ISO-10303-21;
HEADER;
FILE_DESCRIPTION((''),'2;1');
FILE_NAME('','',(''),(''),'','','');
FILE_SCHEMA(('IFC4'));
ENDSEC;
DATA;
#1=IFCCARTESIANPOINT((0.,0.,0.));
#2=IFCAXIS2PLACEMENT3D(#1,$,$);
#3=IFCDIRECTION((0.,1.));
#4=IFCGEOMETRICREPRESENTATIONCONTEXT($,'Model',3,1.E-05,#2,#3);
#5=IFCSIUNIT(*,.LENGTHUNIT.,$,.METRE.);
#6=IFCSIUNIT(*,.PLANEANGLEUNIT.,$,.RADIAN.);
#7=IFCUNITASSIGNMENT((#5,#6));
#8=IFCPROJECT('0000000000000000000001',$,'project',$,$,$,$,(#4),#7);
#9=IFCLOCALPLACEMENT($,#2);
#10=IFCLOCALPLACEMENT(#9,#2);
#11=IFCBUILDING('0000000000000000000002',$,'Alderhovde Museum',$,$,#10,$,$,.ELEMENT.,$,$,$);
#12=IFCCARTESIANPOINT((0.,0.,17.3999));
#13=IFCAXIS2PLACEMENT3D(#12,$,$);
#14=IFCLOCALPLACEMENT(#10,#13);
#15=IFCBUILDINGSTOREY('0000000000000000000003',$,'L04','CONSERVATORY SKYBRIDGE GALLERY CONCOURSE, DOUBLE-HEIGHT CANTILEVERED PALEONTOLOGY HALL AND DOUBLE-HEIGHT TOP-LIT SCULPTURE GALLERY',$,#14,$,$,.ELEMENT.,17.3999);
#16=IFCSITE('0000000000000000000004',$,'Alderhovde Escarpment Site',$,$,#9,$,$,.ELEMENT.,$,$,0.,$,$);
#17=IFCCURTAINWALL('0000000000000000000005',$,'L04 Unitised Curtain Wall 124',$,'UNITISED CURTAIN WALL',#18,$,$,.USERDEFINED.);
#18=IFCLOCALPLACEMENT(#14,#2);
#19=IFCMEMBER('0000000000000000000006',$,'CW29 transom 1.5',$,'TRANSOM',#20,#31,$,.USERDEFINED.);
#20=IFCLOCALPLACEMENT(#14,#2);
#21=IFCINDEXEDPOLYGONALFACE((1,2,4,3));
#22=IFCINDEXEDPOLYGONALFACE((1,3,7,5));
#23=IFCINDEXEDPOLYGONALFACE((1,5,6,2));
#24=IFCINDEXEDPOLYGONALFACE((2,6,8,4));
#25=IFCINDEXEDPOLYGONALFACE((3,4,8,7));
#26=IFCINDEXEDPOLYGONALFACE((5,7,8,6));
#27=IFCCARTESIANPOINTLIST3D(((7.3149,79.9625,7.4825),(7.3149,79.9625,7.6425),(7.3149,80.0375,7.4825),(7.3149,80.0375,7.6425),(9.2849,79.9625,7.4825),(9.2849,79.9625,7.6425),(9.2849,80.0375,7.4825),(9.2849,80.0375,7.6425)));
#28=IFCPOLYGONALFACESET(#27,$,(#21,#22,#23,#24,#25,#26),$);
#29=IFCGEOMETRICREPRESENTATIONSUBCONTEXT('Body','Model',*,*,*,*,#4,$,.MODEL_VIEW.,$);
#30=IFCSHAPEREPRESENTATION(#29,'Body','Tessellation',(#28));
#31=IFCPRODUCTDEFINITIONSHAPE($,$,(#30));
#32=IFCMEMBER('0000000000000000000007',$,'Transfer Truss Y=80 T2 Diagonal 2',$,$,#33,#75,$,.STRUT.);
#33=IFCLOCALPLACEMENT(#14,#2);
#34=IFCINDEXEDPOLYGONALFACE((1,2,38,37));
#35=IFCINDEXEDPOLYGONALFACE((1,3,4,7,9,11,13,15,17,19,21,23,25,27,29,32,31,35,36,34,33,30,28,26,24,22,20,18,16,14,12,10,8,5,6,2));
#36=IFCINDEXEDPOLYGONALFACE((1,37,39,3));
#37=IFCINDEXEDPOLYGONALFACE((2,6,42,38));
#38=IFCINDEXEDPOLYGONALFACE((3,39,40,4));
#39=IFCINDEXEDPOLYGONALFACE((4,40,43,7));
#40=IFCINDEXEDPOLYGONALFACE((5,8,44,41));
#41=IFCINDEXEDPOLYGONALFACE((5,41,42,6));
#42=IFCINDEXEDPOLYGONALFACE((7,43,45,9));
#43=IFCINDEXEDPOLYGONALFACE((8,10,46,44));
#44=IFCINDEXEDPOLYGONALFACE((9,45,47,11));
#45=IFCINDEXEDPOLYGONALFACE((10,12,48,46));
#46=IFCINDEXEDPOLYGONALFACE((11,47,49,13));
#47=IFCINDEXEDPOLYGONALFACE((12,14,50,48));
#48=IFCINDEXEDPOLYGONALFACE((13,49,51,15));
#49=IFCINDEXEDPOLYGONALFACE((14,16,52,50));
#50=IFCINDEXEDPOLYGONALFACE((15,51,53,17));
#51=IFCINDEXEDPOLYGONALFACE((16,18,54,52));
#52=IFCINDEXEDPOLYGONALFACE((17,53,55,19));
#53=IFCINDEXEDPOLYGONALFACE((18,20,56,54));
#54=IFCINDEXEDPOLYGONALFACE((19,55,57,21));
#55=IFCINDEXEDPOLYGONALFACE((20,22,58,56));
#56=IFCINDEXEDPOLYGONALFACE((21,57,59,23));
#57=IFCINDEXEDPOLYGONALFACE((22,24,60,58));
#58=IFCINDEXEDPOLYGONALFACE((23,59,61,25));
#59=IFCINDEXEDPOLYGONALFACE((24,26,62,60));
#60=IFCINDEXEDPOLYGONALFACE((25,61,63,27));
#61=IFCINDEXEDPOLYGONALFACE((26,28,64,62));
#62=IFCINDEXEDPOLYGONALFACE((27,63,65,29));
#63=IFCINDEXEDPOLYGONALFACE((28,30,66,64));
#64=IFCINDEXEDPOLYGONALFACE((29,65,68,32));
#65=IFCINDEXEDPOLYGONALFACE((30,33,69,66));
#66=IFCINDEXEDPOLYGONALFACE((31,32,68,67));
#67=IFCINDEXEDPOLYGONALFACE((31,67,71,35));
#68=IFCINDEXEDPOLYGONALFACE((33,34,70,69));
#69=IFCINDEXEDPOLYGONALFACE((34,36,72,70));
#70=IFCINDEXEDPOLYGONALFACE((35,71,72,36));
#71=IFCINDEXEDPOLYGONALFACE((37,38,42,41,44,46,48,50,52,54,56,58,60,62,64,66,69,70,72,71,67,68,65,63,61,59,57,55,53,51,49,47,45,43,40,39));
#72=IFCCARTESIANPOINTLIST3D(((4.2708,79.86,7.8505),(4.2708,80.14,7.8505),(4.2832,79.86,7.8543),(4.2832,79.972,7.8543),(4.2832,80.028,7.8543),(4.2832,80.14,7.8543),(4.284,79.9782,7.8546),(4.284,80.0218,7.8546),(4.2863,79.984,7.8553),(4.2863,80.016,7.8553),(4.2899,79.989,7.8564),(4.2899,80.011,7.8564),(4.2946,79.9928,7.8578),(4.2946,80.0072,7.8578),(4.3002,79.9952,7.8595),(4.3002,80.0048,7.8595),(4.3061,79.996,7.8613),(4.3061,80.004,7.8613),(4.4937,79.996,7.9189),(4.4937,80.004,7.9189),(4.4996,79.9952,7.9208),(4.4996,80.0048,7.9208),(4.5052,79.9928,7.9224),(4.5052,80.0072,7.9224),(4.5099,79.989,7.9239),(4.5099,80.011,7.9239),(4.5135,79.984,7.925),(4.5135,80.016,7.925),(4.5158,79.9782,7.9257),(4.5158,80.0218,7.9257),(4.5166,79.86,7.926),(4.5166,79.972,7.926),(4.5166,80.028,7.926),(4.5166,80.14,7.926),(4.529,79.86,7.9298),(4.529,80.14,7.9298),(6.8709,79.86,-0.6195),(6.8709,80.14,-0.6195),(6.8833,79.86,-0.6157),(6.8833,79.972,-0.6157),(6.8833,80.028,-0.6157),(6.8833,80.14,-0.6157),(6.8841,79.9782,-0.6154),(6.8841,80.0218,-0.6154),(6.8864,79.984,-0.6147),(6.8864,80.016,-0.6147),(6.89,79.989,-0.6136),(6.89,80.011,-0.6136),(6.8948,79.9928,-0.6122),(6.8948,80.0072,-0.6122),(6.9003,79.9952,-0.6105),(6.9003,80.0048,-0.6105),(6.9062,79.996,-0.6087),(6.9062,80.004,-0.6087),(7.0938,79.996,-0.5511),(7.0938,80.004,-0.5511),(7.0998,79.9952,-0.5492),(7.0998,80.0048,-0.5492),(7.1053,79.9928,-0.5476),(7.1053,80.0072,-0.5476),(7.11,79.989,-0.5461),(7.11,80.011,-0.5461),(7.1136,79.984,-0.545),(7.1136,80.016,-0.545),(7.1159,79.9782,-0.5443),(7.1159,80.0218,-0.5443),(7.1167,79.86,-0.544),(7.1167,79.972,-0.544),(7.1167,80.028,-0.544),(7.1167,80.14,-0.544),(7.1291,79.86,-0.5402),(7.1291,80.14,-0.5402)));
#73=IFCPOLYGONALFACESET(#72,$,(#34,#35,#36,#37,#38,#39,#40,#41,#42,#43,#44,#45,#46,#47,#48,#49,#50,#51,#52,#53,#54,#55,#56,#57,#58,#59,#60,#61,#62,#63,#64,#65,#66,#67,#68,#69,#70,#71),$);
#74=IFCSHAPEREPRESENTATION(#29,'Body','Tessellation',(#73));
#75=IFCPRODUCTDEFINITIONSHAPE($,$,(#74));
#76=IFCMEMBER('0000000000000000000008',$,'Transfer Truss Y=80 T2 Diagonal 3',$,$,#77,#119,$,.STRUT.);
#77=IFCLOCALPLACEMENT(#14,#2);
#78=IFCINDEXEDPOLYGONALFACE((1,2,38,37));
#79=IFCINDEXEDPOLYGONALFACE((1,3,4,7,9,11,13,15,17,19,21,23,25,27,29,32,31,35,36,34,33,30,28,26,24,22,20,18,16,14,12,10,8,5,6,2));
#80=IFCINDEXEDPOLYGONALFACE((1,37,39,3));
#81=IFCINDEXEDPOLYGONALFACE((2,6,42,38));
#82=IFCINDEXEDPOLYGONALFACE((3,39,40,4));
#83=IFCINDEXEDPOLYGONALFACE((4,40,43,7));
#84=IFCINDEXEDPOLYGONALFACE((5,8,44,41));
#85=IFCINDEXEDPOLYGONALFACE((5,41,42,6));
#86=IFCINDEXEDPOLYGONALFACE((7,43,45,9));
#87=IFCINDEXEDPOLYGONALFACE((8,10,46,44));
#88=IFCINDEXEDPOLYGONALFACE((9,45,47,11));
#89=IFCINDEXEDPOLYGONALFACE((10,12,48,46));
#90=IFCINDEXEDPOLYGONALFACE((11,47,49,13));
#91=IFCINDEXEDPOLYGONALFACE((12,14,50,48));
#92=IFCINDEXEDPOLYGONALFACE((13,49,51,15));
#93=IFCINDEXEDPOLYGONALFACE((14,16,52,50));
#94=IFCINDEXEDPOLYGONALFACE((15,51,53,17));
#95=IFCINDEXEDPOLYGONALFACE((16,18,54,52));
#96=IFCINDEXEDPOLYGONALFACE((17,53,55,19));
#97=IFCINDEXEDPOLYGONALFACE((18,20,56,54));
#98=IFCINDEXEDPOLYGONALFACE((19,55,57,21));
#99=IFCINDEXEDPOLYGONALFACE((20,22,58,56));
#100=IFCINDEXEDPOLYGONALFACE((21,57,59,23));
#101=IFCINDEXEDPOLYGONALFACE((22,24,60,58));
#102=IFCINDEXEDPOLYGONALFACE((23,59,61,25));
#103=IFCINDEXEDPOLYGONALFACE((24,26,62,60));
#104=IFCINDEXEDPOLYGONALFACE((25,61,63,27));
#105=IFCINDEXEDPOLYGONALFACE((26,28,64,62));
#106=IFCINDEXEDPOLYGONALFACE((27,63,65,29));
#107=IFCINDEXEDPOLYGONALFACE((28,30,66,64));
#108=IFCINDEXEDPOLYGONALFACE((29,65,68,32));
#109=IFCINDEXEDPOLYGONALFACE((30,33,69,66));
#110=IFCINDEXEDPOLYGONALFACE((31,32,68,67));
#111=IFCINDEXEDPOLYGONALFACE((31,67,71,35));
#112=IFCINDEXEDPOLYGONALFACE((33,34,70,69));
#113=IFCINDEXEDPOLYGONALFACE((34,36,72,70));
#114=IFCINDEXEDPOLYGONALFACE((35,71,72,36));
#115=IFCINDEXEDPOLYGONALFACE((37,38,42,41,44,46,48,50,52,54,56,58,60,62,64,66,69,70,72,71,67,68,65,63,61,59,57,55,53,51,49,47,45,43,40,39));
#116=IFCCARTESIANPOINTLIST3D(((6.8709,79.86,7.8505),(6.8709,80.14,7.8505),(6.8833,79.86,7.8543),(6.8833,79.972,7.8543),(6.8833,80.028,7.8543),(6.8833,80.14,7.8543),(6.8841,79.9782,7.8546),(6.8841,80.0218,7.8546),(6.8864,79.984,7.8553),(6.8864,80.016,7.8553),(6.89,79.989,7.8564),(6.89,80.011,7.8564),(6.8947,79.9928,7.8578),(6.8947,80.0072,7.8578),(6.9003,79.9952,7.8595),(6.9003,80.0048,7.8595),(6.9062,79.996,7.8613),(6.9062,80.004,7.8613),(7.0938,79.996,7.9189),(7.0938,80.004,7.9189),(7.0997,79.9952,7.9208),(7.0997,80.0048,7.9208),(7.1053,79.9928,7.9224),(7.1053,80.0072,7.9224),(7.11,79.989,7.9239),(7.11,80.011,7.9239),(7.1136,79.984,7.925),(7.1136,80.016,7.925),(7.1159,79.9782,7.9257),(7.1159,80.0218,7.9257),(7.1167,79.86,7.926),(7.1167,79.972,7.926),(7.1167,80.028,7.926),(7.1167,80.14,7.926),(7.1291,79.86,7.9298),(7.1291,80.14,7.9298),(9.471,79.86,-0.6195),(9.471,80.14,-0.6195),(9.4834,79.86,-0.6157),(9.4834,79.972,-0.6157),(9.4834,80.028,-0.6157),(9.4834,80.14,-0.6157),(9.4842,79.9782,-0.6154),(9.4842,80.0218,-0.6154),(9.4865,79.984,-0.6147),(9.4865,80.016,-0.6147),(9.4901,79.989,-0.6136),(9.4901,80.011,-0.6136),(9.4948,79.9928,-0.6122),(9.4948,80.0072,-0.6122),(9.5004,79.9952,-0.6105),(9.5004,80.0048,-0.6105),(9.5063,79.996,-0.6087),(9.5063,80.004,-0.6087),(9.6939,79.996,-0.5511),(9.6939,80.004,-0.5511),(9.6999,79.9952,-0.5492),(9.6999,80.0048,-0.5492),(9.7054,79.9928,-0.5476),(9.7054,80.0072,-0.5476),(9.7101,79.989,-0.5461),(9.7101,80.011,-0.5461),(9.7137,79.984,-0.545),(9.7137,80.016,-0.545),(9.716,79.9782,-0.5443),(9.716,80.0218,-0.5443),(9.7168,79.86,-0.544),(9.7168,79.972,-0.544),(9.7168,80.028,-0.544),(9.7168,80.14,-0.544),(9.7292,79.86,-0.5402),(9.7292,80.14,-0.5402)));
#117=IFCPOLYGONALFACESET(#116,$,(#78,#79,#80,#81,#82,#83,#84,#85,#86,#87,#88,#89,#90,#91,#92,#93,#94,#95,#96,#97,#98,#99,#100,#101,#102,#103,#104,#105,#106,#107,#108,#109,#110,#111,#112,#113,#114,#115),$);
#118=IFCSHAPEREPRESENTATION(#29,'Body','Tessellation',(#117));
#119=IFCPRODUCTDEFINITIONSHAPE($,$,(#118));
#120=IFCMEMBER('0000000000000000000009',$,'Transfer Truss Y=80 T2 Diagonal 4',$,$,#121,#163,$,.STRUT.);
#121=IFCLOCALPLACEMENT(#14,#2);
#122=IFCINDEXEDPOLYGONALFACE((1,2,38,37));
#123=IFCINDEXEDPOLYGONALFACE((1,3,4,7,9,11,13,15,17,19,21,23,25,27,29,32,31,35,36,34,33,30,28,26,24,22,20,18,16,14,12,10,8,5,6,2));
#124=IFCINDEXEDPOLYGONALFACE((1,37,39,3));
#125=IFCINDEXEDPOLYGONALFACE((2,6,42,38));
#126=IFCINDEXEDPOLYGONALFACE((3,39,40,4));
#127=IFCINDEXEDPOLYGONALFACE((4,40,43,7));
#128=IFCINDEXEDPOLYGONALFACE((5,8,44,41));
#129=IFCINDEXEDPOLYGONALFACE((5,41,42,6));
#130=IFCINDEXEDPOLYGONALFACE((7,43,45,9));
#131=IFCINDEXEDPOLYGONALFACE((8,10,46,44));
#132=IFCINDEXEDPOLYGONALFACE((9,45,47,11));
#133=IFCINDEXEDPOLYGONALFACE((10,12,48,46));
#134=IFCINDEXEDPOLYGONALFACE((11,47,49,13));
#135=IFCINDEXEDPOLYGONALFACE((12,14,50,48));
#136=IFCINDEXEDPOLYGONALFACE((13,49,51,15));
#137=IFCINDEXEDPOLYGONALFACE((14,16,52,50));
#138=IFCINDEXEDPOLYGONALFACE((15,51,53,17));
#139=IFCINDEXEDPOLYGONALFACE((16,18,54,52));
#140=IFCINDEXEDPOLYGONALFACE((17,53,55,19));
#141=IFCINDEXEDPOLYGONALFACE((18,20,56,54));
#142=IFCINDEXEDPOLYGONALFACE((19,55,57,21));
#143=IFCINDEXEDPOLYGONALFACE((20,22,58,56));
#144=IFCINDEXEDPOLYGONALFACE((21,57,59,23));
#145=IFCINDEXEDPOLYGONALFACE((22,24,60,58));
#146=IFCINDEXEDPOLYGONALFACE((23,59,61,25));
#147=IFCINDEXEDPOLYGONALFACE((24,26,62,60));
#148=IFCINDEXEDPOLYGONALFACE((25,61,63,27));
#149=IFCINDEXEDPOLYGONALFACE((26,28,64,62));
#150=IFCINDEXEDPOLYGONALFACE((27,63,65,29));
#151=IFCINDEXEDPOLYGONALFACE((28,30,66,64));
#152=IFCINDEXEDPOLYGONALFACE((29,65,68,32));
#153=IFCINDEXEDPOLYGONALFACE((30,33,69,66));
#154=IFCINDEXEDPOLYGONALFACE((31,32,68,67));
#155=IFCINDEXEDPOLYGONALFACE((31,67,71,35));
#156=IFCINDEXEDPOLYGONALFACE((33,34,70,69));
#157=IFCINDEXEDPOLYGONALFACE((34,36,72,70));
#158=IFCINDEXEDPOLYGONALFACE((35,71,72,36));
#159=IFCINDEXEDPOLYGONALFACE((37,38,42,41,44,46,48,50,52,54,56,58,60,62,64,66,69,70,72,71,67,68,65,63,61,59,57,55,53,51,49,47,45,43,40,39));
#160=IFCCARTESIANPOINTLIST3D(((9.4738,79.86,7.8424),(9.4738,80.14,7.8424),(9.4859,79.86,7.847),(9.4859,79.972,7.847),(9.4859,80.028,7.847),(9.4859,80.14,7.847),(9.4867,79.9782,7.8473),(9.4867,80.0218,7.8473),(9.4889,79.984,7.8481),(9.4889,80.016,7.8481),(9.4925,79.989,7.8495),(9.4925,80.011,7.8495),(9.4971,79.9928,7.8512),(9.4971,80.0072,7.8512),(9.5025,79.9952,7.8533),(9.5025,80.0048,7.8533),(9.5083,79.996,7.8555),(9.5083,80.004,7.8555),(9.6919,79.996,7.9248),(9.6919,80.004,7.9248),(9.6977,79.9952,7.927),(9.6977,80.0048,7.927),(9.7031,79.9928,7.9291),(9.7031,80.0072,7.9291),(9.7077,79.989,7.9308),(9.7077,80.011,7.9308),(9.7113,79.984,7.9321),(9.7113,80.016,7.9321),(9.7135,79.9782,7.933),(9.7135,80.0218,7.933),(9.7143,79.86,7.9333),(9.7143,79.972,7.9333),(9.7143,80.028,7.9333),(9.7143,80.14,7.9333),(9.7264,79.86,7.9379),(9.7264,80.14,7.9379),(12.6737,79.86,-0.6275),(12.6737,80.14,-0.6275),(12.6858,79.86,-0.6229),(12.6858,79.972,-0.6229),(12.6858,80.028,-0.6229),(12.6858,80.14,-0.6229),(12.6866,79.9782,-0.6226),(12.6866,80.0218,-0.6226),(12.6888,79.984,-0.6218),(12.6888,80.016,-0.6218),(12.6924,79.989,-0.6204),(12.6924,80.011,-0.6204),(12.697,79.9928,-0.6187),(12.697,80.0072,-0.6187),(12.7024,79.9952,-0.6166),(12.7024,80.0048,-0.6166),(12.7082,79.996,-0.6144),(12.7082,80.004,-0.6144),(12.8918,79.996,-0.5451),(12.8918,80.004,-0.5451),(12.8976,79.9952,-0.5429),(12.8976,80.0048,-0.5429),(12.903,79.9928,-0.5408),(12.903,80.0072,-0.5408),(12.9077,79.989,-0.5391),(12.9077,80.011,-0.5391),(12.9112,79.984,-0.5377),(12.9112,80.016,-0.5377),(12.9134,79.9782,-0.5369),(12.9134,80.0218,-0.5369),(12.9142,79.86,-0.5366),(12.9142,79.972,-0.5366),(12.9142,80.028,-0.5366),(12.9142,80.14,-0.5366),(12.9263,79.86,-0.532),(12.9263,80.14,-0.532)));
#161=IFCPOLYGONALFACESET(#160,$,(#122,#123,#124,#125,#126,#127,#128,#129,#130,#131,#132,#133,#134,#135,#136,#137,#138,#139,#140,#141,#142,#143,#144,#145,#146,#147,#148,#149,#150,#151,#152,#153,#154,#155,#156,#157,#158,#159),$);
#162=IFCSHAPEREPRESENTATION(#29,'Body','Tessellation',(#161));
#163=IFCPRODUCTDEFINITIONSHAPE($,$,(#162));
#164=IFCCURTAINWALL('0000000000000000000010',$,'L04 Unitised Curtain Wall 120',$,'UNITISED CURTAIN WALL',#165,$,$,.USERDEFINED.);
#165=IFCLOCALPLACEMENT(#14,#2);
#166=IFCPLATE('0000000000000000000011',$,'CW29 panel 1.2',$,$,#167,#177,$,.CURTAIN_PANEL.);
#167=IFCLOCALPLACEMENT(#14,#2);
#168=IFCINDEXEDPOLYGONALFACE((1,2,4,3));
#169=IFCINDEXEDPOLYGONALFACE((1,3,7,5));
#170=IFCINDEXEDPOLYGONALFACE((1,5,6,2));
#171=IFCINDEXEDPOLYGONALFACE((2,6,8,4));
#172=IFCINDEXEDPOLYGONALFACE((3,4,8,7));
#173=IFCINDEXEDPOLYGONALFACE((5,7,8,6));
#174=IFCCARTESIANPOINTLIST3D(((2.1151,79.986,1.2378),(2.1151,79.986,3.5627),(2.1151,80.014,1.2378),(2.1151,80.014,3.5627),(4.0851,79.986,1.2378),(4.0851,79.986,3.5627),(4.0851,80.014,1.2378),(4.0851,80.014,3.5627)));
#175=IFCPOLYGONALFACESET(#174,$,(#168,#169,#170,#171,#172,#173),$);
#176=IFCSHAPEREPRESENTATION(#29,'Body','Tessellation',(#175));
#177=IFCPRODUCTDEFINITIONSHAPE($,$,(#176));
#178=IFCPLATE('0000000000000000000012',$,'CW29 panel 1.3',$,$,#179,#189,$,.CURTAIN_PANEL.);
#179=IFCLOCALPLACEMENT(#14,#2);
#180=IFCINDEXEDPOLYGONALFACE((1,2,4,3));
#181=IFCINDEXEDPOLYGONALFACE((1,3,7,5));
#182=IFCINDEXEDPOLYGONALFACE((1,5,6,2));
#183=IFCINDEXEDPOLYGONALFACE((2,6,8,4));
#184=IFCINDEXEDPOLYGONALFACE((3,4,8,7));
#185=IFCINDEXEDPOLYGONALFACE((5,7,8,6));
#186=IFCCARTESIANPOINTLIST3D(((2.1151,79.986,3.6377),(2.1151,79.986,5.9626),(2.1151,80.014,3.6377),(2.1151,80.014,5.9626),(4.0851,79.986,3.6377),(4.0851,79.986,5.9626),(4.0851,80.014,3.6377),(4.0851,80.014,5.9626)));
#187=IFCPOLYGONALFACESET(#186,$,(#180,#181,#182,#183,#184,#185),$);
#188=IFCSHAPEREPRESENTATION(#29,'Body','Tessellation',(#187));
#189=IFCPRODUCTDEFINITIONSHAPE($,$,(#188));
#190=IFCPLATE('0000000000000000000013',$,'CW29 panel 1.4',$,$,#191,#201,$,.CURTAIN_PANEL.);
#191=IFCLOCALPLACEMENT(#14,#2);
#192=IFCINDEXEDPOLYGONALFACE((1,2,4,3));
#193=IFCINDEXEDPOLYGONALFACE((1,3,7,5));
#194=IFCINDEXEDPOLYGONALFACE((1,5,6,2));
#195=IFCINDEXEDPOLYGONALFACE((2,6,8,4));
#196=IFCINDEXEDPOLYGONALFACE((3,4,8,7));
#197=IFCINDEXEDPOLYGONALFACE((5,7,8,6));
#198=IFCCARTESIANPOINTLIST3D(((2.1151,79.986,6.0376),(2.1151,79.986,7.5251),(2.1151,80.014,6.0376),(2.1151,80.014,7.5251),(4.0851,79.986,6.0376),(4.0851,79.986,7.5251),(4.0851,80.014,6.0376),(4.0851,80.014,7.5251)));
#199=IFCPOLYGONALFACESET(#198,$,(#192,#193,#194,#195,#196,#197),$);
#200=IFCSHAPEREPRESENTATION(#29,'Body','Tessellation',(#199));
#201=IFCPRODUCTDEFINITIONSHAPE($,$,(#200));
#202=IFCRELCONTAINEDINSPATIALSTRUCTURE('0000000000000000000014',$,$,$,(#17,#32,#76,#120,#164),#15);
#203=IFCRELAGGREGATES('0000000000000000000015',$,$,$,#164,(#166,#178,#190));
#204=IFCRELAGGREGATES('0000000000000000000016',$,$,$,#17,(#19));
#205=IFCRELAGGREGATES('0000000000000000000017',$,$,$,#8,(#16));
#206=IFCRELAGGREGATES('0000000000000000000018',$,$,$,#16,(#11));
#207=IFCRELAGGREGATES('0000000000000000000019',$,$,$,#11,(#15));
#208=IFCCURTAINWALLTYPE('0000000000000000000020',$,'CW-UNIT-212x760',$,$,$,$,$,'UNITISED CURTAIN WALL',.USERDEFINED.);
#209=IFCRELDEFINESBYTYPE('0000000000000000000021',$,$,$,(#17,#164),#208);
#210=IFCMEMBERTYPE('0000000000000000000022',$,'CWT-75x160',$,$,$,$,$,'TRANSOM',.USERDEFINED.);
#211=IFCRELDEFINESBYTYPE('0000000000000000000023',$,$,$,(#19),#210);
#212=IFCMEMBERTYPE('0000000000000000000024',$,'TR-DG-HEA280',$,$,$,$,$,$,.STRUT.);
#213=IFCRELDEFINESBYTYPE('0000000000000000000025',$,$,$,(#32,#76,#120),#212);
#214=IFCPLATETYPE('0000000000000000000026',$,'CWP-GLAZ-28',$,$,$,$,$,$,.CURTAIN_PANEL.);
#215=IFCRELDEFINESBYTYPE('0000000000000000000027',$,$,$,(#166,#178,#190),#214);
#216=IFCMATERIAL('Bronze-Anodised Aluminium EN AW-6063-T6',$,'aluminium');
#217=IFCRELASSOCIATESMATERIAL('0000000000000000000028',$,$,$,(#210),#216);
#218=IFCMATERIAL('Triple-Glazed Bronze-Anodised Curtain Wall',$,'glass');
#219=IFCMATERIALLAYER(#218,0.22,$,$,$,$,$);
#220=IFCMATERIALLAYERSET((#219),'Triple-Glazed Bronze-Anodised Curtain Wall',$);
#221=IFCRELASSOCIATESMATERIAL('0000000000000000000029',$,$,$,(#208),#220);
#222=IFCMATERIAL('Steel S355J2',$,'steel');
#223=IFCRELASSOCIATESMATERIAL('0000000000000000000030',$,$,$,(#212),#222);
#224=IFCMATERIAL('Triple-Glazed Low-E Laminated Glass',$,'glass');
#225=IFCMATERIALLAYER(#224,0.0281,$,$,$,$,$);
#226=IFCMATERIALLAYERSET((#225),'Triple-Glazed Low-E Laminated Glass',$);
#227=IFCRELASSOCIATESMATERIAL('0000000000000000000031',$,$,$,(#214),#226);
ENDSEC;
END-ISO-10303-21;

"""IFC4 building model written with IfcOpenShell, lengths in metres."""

from ifc_helpers import new_model, si_unit, direction, frame, origin, origin_2d, place, context, subcontext, project, spatial, rectangle, i_section, extrude, material, layer, layer_set, material_profile, profile_set, type_object, element, aggregate, save


model = new_model("IFC4")

# Units and contexts
model_context = context("Model", 3, precision=1e-05, world=origin(), true_north=direction((0.0, 1.0)))
body_context = subcontext(model_context, "Body", "Model", "MODEL_VIEW")
ifc_project = project(units=[si_unit("LENGTHUNIT", "METRE"), si_unit("PLANEANGLEUNIT", "RADIAN")], contexts=[model_context])

# Site, building, storey
site_placement = place(None, origin())
site = spatial("IfcSite", under=ifc_project, at=site_placement, Name="Alderhovde Escarpment Site", CompositionType="ELEMENT", RefElevation=0.0)
building_placement = place(site_placement, origin())
building = spatial("IfcBuilding", under=site, at=building_placement, Name="Alderhovde Museum", CompositionType="ELEMENT")
storey_placement = place(building_placement, frame((0.0, 0.0, 17.3999)))
storey = spatial("IfcBuildingStorey", under=building, at=storey_placement, Name="L04", Description="CONSERVATORY SKYBRIDGE GALLERY CONCOURSE, DOUBLE-HEIGHT CANTILEVERED PALEONTOLOGY HALL AND DOUBLE-HEIGHT TOP-LIT SCULPTURE GALLERY", CompositionType="ELEMENT", Elevation=17.3999)

# Curtain wall, member
ifc_material_1 = material(Name="Bronze-Anodised Aluminium EN AW-6063-T6", Category="aluminium")
ifc_material_profile_1 = material_profile(ifc_material_1, rectangle(XDim=0.075, YDim=0.1599, at=origin_2d()), Name="TRANSOM 75x160")
ifc_profile_set_1 = profile_set([ifc_material_profile_1], Name="Bronze-Anodised Aluminium EN AW-6063-T6")
member_type_1 = type_object("IfcMemberType", Name="CWT-75x160", ElementType="TRANSOM", PredefinedType="USERDEFINED", material=ifc_profile_set_1)
ifc_material_2 = material(Name="Triple-Glazed Bronze-Anodised Curtain Wall", Category="glass")
ifc_layer_1 = layer(ifc_material_2, 0.22)
ifc_layer_set_1 = layer_set([ifc_layer_1], Name="Triple-Glazed Bronze-Anodised Curtain Wall")
curtain_wall_type_1 = type_object("IfcCurtainWallType", Name="CW-UNIT-212x760", ElementType="UNITISED CURTAIN WALL", PredefinedType="USERDEFINED", material=ifc_layer_set_1)
curtain_wall_1_placement = place(storey_placement, origin())
curtain_wall_1 = element("IfcCurtainWall", 1, at=curtain_wall_1_placement, inside=storey, type_object=curtain_wall_type_1, Name="L04 Unitised Curtain Wall 124", ObjectType="UNITISED CURTAIN WALL", PredefinedType="USERDEFINED")
member_1_placement = place(storey_placement, frame((7.3149, 80.0, 7.5625), z_axis=(1.0, 0.0, 0.0), x_axis=(0.0, 1.0, 0.0)))
member_1 = element("IfcMember", 2, at=member_1_placement, type_object=member_type_1, Name="CW29 transom 1.5", ObjectType="TRANSOM", PredefinedType="USERDEFINED", context=body_context, shape_type="SweptSolid", body=[
    extrude(rectangle(XDim=0.075, YDim=0.1599, at=origin_2d()), origin(), (0.0, 0.0, 1.0), 1.97),
])

# Members
ifc_material_3 = material(Name="Steel S355J2", Category="steel")
ifc_material_profile_2 = material_profile(ifc_material_3, i_section(OverallWidth=0.28, OverallDepth=0.27, WebThickness=0.0081, FlangeThickness=0.0129, FilletRadius=0.0239, at=origin_2d()), Name="HEA 280")
ifc_profile_set_2 = profile_set([ifc_material_profile_2], Name="Steel S355J2")
member_type_2 = type_object("IfcMemberType", Name="TR-DG-HEA280", PredefinedType="STRUT", material=ifc_profile_set_2)
for number, where, z_axis, x_axis, name in (
    (3, (4.3999, 80.0, 7.8901), (0.293462, 0.0, -0.955971), (0.0, 1.0, 0.0), "Transfer Truss Y=80 T2 Diagonal 2"),
    (4, (7.0, 80.0, 7.8901), (0.293462, 0.0, -0.955971), (0.0, 1.0, 0.0), "Transfer Truss Y=80 T2 Diagonal 3"),
):
    element("IfcMember", number, at=place(storey_placement, frame(where, z_axis=z_axis, x_axis=x_axis)), inside=storey, type_object=member_type_2, Name=name, PredefinedType="STRUT", context=body_context, shape_type="SweptSolid", body=[
        extrude(i_section(OverallWidth=0.28, OverallDepth=0.27, WebThickness=0.0081, FlangeThickness=0.0129, FilletRadius=0.0239, at=origin_2d()), origin(), (0.0, 0.0, 1.0), 8.8601),
    ])
member_2_placement = place(storey_placement, frame((9.6001, 80.0, 7.8901), z_axis=(0.353418, 0.0, -0.935465), x_axis=(0.0, 1.0, 0.0)))
element("IfcMember", 5, at=member_2_placement, inside=storey, type_object=member_type_2, Name="Transfer Truss Y=80 T2 Diagonal 4", PredefinedType="STRUT", context=body_context, shape_type="SweptSolid", body=[
    extrude(i_section(OverallWidth=0.28, OverallDepth=0.27, WebThickness=0.0081, FlangeThickness=0.0129, FilletRadius=0.0239, at=origin_2d()), origin(), (0.0, 0.0, 1.0), 9.0542),
])

# Curtain wall, plates
curtain_wall_2_placement = place(storey_placement, origin())
curtain_wall_2 = element("IfcCurtainWall", 6, at=curtain_wall_2_placement, inside=storey, type_object=curtain_wall_type_1, Name="L04 Unitised Curtain Wall 120", ObjectType="UNITISED CURTAIN WALL", PredefinedType="USERDEFINED")
ifc_material_4 = material(Name="Triple-Glazed Low-E Laminated Glass", Category="glass")
ifc_layer_2 = layer(ifc_material_4, 0.0281)
ifc_layer_set_2 = layer_set([ifc_layer_2], Name="Triple-Glazed Low-E Laminated Glass")
plate_type_1 = type_object("IfcPlateType", Name="CWP-GLAZ-28", PredefinedType="CURTAIN_PANEL", material=ifc_layer_set_2)
plate_1_placement = place(storey_placement, frame((3.1001, 80.0, 1.2378), z_axis=(0.0, 0.0, 1.0), x_axis=(1.0, 0.0, 0.0)))
plate_1 = element("IfcPlate", 7, at=plate_1_placement, type_object=plate_type_1, Name="CW29 panel 1.2", PredefinedType="CURTAIN_PANEL", context=body_context, shape_type="SweptSolid", body=[
    extrude(rectangle(XDim=1.97, YDim=0.0281, at=origin_2d()), origin(), (0.0, 0.0, 1.0), 2.325),
])
plate_2_placement = place(storey_placement, frame((3.1001, 80.0, 3.6377), z_axis=(0.0, 0.0, 1.0), x_axis=(1.0, 0.0, 0.0)))
plate_2 = element("IfcPlate", 8, at=plate_2_placement, type_object=plate_type_1, Name="CW29 panel 1.3", PredefinedType="CURTAIN_PANEL", context=body_context, shape_type="SweptSolid", body=[
    extrude(rectangle(XDim=1.97, YDim=0.0281, at=origin_2d()), origin(), (0.0, 0.0, 1.0), 2.325),
])
plate_3_placement = place(storey_placement, frame((3.1001, 80.0, 6.0376), z_axis=(0.0, 0.0, 1.0), x_axis=(1.0, 0.0, 0.0)))
plate_3 = element("IfcPlate", 9, at=plate_3_placement, type_object=plate_type_1, Name="CW29 panel 1.4", PredefinedType="CURTAIN_PANEL", context=body_context, shape_type="SweptSolid", body=[
    extrude(rectangle(XDim=1.97, YDim=0.0281, at=origin_2d()), origin(), (0.0, 0.0, 1.0), 1.4875),
])
aggregate(curtain_wall_2, [plate_1, plate_2, plate_3])

aggregate(curtain_wall_1, [member_1])

save(model, "model.ifc")
